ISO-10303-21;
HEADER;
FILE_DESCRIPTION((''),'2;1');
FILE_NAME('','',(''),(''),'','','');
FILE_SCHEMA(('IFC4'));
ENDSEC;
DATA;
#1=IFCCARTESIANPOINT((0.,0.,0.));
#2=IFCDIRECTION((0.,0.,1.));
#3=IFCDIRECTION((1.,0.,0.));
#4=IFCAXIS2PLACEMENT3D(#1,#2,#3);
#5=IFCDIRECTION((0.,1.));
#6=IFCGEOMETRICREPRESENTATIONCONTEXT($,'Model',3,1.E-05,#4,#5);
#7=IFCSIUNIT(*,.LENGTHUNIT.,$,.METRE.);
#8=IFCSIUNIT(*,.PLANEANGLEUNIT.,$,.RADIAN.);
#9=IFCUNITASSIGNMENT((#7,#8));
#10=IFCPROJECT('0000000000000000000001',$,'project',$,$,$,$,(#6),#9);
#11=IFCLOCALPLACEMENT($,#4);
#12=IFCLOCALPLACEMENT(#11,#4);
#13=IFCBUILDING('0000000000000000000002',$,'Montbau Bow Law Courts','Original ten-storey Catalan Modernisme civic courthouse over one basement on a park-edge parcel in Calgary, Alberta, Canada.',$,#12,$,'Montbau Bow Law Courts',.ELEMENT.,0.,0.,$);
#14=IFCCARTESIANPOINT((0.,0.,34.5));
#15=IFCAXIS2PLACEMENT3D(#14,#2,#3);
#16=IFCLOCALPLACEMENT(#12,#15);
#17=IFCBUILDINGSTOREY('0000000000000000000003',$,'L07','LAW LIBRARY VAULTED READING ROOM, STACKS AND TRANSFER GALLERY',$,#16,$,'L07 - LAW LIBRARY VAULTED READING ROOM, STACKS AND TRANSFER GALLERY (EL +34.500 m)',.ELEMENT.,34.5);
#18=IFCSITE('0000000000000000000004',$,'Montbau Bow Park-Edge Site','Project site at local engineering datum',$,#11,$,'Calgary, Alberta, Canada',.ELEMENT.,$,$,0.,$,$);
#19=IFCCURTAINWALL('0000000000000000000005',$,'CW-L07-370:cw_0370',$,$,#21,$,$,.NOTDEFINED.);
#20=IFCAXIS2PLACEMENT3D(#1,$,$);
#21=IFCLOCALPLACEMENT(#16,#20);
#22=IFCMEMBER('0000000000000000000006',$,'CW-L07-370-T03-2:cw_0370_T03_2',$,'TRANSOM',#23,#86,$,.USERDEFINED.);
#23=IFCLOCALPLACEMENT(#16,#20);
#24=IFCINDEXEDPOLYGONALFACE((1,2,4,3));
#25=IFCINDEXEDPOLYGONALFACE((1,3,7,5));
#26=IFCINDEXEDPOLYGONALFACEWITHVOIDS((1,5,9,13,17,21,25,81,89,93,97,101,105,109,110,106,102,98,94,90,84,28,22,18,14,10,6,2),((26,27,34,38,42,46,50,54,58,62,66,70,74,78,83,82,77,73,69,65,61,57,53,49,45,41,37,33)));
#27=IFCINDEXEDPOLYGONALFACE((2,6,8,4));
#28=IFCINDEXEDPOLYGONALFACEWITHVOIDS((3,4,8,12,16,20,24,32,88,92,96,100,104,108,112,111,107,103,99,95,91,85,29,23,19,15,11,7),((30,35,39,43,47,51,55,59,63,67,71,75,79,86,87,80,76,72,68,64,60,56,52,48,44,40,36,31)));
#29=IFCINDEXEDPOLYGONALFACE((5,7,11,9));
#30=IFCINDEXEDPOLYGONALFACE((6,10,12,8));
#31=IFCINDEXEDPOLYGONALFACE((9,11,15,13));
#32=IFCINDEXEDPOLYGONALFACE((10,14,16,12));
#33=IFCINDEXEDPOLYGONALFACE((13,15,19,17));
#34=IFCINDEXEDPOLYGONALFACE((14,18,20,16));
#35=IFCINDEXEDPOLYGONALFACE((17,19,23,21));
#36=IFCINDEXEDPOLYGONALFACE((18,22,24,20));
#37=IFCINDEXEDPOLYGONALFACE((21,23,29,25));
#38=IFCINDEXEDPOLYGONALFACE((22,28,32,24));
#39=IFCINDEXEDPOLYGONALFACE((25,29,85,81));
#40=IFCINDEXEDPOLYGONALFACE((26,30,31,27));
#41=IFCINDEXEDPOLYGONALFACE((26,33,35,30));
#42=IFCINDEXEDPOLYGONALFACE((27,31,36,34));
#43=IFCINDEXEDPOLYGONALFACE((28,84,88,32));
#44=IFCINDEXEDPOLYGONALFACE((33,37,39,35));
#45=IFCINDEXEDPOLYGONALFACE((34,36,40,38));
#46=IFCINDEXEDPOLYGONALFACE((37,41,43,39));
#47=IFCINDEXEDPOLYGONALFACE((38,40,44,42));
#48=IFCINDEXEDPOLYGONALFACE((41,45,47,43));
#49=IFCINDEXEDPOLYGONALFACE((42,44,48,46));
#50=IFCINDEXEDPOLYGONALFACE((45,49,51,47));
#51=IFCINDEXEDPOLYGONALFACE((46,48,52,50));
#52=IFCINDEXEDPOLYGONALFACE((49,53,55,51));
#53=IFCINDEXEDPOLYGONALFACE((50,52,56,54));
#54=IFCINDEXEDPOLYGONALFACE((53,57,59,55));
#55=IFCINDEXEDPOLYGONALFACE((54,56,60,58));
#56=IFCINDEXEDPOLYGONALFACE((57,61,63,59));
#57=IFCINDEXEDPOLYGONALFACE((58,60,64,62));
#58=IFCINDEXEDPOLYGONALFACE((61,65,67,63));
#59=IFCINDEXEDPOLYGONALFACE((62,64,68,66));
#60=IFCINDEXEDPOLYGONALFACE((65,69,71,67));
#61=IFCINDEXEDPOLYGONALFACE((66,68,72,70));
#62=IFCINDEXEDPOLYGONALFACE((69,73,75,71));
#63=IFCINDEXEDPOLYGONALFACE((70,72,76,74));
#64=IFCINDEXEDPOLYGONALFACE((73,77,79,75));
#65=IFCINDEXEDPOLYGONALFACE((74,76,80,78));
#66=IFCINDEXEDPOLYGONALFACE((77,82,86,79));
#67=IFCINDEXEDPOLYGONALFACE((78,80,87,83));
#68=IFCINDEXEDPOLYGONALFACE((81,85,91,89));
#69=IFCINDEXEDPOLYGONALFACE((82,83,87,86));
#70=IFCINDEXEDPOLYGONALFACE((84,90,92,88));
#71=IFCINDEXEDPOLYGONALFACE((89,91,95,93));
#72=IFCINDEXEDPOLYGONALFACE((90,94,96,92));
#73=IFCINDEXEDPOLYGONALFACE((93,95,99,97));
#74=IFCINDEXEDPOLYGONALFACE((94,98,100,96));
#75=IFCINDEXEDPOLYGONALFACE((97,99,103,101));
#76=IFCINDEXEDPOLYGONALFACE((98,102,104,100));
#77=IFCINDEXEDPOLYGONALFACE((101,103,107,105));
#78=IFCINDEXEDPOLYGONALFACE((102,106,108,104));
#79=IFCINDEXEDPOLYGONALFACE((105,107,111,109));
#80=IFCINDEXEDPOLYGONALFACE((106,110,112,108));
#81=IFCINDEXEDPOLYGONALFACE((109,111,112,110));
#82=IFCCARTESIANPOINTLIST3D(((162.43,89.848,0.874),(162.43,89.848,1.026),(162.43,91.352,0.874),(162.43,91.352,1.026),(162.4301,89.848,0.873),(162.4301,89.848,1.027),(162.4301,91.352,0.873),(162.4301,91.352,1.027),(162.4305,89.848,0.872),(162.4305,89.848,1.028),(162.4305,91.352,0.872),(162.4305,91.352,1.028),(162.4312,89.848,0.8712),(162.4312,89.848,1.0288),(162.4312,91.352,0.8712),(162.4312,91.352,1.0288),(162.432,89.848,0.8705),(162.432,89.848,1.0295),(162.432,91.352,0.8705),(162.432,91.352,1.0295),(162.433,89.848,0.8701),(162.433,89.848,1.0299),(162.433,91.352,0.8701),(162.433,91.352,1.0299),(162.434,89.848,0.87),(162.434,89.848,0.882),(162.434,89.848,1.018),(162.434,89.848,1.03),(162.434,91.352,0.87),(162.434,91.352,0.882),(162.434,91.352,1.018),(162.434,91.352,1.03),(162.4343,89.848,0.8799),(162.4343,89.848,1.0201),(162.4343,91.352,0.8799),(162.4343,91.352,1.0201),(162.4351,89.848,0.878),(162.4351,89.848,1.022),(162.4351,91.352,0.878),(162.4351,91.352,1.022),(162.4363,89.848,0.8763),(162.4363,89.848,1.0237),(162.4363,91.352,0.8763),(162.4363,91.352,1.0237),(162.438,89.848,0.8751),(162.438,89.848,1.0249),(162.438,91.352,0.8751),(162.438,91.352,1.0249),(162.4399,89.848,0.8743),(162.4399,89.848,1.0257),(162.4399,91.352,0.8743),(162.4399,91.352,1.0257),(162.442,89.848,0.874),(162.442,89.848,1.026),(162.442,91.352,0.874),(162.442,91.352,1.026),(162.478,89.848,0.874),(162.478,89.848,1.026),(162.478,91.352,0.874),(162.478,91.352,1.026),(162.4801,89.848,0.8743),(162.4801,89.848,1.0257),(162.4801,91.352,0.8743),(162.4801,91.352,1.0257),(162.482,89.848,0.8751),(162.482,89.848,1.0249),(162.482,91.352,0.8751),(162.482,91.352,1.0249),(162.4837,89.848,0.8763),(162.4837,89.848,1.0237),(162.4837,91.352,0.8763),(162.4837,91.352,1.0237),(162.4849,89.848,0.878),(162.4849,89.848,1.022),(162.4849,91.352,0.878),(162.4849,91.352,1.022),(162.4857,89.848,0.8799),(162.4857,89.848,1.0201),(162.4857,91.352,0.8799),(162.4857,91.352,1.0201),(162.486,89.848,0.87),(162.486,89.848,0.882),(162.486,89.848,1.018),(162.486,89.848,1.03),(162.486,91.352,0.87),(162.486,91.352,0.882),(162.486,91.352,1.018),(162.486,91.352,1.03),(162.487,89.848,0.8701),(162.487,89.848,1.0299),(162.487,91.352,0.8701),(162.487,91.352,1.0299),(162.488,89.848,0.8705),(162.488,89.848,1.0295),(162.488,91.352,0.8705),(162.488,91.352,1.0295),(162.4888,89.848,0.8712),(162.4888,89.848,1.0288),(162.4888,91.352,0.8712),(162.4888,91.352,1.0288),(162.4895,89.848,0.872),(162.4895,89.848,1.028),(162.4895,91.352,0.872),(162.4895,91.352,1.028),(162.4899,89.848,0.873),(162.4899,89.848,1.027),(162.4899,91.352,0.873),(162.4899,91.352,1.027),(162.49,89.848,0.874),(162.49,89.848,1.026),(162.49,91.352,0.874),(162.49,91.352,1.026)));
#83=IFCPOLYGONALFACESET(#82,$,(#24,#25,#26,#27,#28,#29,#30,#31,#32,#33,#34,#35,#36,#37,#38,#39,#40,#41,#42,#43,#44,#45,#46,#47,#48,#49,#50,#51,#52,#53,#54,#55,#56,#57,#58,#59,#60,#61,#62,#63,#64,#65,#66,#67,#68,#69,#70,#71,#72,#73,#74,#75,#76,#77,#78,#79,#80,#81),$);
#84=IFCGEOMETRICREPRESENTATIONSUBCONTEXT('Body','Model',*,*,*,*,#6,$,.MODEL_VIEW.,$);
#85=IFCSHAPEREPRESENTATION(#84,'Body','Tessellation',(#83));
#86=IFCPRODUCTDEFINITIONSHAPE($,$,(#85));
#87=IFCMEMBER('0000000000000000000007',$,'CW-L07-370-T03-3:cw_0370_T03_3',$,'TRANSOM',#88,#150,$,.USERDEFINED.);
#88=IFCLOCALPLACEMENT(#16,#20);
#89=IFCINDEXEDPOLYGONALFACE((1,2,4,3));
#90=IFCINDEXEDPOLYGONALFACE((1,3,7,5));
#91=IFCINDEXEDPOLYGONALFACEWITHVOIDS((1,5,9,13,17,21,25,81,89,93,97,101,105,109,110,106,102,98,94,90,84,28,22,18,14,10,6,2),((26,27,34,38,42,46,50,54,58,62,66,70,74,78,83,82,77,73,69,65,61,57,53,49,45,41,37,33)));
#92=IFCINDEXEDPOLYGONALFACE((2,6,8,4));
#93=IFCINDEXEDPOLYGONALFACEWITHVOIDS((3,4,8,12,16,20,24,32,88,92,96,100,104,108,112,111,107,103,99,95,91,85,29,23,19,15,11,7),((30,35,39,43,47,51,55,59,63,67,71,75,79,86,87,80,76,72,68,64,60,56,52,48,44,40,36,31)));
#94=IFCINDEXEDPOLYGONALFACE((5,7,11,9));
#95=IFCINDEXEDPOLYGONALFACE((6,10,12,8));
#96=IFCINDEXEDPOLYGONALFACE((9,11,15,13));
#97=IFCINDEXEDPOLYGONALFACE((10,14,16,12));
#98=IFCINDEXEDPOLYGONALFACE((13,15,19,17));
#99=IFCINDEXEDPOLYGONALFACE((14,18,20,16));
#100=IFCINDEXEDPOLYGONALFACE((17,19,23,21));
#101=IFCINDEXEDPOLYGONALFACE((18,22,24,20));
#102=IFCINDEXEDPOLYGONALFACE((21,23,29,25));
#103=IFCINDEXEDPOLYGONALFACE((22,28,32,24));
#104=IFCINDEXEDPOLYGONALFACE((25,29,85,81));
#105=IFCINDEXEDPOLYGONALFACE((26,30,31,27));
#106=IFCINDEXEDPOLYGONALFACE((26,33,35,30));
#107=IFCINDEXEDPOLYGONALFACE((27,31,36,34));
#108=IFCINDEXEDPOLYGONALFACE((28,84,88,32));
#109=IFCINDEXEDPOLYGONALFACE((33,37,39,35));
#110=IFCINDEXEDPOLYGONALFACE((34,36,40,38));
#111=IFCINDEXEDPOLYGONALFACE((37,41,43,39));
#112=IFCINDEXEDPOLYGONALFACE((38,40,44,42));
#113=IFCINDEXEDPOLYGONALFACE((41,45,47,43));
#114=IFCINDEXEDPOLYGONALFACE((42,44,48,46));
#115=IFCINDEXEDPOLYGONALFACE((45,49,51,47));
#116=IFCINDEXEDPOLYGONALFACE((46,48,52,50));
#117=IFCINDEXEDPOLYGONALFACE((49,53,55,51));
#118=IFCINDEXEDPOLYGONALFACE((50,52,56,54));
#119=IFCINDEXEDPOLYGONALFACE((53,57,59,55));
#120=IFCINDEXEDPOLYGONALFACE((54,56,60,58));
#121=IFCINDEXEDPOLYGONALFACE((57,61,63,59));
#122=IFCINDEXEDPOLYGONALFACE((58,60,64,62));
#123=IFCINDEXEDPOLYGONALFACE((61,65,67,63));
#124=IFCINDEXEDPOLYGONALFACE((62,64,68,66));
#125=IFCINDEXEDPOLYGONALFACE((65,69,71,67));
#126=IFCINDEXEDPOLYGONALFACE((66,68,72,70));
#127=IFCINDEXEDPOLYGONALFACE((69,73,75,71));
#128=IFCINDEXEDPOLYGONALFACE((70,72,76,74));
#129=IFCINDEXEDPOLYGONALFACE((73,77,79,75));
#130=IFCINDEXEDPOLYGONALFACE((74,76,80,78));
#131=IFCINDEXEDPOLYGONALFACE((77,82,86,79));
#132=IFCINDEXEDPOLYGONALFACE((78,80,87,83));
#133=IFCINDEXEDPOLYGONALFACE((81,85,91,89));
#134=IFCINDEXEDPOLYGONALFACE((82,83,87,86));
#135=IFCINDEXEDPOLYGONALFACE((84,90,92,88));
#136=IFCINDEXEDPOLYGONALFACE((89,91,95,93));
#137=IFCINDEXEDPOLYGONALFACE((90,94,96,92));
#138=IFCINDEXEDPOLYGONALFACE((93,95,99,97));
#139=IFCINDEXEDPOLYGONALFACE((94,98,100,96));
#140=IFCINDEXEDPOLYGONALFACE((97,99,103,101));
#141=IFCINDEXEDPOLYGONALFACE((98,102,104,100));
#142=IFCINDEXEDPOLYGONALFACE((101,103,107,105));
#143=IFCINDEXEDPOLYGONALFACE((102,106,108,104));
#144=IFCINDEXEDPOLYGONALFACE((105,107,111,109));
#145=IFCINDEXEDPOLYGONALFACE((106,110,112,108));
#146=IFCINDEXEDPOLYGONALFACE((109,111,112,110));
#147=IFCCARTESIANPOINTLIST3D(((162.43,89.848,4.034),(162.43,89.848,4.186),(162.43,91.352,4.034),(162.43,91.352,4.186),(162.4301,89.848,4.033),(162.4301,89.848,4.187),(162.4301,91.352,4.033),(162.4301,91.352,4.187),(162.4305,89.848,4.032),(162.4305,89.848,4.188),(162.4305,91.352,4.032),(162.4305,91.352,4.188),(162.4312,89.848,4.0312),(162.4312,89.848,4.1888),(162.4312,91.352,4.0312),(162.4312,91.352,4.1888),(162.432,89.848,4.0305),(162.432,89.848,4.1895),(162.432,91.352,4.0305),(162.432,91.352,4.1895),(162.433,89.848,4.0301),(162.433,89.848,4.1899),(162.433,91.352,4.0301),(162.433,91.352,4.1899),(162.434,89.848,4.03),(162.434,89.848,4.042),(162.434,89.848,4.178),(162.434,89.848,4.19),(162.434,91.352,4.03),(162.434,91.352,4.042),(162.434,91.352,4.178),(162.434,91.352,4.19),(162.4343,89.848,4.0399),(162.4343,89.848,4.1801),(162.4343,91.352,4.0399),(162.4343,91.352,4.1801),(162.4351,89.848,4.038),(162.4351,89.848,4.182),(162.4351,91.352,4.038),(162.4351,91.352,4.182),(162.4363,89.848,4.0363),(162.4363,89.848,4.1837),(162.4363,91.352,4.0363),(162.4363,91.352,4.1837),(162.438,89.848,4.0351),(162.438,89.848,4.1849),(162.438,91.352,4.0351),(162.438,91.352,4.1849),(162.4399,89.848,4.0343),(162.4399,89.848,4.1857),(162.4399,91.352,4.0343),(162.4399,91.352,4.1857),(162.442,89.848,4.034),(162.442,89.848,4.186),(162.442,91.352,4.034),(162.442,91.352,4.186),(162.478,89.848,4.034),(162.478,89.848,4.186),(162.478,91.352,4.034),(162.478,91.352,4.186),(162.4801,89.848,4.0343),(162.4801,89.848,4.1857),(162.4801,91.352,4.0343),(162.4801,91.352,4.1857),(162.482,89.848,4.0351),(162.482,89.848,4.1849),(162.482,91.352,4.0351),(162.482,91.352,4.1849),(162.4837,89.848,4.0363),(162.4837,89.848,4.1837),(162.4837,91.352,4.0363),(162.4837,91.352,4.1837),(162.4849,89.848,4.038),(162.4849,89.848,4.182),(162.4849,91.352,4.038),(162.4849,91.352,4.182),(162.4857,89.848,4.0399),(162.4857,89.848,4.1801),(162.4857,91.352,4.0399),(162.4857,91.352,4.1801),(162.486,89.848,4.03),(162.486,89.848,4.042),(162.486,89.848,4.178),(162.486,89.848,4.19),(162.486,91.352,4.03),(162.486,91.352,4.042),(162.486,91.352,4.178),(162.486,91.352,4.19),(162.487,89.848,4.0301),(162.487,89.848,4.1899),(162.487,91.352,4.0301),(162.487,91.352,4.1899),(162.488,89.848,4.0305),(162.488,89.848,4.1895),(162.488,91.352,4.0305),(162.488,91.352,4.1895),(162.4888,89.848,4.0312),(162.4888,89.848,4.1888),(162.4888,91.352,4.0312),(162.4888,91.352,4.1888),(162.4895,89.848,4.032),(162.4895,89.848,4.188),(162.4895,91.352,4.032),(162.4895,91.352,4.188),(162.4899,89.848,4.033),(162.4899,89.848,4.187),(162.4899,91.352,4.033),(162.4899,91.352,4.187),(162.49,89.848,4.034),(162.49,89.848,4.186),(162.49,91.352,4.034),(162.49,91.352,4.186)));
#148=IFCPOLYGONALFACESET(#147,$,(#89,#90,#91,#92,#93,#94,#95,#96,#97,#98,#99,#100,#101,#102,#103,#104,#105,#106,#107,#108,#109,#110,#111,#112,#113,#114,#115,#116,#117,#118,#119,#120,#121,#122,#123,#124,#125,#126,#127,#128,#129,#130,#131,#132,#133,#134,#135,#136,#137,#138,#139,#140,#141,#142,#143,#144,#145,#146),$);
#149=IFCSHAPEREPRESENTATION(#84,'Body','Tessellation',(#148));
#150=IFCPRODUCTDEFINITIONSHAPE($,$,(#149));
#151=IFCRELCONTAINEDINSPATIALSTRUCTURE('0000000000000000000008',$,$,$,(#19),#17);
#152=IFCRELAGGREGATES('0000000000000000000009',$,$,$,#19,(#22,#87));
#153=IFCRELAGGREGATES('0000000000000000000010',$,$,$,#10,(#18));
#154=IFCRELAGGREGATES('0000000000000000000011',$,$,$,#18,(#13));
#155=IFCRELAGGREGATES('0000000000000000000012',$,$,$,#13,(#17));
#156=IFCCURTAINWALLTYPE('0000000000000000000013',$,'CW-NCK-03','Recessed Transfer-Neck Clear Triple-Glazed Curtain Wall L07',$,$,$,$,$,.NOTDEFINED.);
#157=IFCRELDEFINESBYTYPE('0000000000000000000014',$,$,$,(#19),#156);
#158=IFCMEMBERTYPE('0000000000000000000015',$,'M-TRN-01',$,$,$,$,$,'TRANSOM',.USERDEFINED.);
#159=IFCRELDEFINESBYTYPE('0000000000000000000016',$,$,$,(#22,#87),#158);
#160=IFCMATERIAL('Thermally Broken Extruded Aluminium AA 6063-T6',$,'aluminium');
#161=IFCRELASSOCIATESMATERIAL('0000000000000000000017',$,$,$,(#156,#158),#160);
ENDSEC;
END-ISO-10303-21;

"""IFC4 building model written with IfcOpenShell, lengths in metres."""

from ifc_helpers import new_model, si_unit, direction, frame, origin_with_axes, origin_2d_with_axis, place, context, subcontext, project, spatial, hollow_rectangle, extrude, material, material_profile, profile_set, type_object, element, aggregate, save


model = new_model("IFC4")

# Units and contexts
model_context = context("Model", 3, precision=1e-05, world=origin_with_axes(), true_north=direction((0.0, 1.0)))
body_context = subcontext(model_context, "Body", "Model", "MODEL_VIEW")
ifc_project = project(units=[si_unit("LENGTHUNIT", "METRE"), si_unit("PLANEANGLEUNIT", "RADIAN")], contexts=[model_context])

# Site, building, storey
site_placement = place(None, origin_with_axes())
site = spatial("IfcSite", under=ifc_project, at=site_placement, Name="Montbau Bow Park-Edge Site", Description="Project site at local engineering datum", LongName="Calgary, Alberta, Canada", CompositionType="ELEMENT", RefElevation=0.0)
building_placement = place(site_placement, origin_with_axes())
building = spatial("IfcBuilding", under=site, at=building_placement, Name="Montbau Bow Law Courts", Description="Original ten-storey Catalan Modernisme civic courthouse over one basement on a park-edge parcel in Calgary, Alberta, Canada.", LongName="Montbau Bow Law Courts", CompositionType="ELEMENT", ElevationOfRefHeight=0.0, ElevationOfTerrain=0.0)
storey_placement = place(building_placement, frame((0.0, 0.0, 34.5), z_axis=(0.0, 0.0, 1.0), x_axis=(1.0, 0.0, 0.0)))
storey = spatial("IfcBuildingStorey", under=building, at=storey_placement, Name="L07", Description="LAW LIBRARY VAULTED READING ROOM, STACKS AND TRANSFER GALLERY", LongName="L07 - LAW LIBRARY VAULTED READING ROOM, STACKS AND TRANSFER GALLERY (EL +34.500 m)", CompositionType="ELEMENT", Elevation=34.5)

# Curtain wall
ifc_material_1 = material(Name="Thermally Broken Extruded Aluminium AA 6063-T6", Category="aluminium")
curtain_wall_type = type_object("IfcCurtainWallType", Name="CW-NCK-03", Description="Recessed Transfer-Neck Clear Triple-Glazed Curtain Wall L07", PredefinedType="NOTDEFINED", material=ifc_material_1)
curtain_wall_1_placement = place(None, frame((162.46, 86.668, 34.5), z_axis=(0.0, 0.0, 1.0), x_axis=(1.0, 0.0, 0.0)))
curtain_wall_1 = element("IfcCurtainWall", 1, at=curtain_wall_1_placement, inside=storey, type_object=curtain_wall_type, Name="CW-L07-370:cw_0370", PredefinedType="NOTDEFINED")

# Members
ifc_material_profile_1 = material_profile(ifc_material_1, hollow_rectangle(XDim=0.06, YDim=0.16, WallThickness=0.004, InnerFilletRadius=0.008, OuterFilletRadius=0.004, at=origin_2d_with_axis()), Name="CWT-160X60", Category="Main", Priority=0)
ifc_profile_set_1 = profile_set([ifc_material_profile_1], Name="Thermally Broken Extruded Aluminium AA 6063-T6")
member_type_1 = type_object("IfcMemberType", Name="M-TRN-01", ElementType="TRANSOM", PredefinedType="USERDEFINED", material=ifc_profile_set_1)
member_1_placement = place(None, frame((162.46, 89.848, 35.45), z_axis=(0.0, 1.0, 0.0), x_axis=(-1.0, 0.0, 0.0)))
member_1 = element("IfcMember", 2, at=member_1_placement, type_object=member_type_1, Name="CW-L07-370-T03-2:cw_0370_T03_2", ObjectType="TRANSOM", PredefinedType="USERDEFINED", context=body_context, shape_type="SweptSolid", body=[
    extrude(hollow_rectangle(XDim=0.06, YDim=0.16, WallThickness=0.004, InnerFilletRadius=0.008, OuterFilletRadius=0.004, at=origin_2d_with_axis()), origin_with_axes(), (0.0, 0.0, 1.0), 1.504),
])
member_2_placement = place(None, frame((162.46, 89.848, 38.61), z_axis=(0.0, 1.0, 0.0), x_axis=(-1.0, 0.0, 0.0)))
member_2 = element("IfcMember", 3, at=member_2_placement, type_object=member_type_1, Name="CW-L07-370-T03-3:cw_0370_T03_3", ObjectType="TRANSOM", PredefinedType="USERDEFINED", context=body_context, shape_type="SweptSolid", body=[
    extrude(hollow_rectangle(XDim=0.06, YDim=0.16, WallThickness=0.004, InnerFilletRadius=0.008, OuterFilletRadius=0.004, at=origin_2d_with_axis()), origin_with_axes(), (0.0, 0.0, 1.0), 1.504),
])

aggregate(curtain_wall_1, [member_1, member_2])

save(model, "model.ifc")
